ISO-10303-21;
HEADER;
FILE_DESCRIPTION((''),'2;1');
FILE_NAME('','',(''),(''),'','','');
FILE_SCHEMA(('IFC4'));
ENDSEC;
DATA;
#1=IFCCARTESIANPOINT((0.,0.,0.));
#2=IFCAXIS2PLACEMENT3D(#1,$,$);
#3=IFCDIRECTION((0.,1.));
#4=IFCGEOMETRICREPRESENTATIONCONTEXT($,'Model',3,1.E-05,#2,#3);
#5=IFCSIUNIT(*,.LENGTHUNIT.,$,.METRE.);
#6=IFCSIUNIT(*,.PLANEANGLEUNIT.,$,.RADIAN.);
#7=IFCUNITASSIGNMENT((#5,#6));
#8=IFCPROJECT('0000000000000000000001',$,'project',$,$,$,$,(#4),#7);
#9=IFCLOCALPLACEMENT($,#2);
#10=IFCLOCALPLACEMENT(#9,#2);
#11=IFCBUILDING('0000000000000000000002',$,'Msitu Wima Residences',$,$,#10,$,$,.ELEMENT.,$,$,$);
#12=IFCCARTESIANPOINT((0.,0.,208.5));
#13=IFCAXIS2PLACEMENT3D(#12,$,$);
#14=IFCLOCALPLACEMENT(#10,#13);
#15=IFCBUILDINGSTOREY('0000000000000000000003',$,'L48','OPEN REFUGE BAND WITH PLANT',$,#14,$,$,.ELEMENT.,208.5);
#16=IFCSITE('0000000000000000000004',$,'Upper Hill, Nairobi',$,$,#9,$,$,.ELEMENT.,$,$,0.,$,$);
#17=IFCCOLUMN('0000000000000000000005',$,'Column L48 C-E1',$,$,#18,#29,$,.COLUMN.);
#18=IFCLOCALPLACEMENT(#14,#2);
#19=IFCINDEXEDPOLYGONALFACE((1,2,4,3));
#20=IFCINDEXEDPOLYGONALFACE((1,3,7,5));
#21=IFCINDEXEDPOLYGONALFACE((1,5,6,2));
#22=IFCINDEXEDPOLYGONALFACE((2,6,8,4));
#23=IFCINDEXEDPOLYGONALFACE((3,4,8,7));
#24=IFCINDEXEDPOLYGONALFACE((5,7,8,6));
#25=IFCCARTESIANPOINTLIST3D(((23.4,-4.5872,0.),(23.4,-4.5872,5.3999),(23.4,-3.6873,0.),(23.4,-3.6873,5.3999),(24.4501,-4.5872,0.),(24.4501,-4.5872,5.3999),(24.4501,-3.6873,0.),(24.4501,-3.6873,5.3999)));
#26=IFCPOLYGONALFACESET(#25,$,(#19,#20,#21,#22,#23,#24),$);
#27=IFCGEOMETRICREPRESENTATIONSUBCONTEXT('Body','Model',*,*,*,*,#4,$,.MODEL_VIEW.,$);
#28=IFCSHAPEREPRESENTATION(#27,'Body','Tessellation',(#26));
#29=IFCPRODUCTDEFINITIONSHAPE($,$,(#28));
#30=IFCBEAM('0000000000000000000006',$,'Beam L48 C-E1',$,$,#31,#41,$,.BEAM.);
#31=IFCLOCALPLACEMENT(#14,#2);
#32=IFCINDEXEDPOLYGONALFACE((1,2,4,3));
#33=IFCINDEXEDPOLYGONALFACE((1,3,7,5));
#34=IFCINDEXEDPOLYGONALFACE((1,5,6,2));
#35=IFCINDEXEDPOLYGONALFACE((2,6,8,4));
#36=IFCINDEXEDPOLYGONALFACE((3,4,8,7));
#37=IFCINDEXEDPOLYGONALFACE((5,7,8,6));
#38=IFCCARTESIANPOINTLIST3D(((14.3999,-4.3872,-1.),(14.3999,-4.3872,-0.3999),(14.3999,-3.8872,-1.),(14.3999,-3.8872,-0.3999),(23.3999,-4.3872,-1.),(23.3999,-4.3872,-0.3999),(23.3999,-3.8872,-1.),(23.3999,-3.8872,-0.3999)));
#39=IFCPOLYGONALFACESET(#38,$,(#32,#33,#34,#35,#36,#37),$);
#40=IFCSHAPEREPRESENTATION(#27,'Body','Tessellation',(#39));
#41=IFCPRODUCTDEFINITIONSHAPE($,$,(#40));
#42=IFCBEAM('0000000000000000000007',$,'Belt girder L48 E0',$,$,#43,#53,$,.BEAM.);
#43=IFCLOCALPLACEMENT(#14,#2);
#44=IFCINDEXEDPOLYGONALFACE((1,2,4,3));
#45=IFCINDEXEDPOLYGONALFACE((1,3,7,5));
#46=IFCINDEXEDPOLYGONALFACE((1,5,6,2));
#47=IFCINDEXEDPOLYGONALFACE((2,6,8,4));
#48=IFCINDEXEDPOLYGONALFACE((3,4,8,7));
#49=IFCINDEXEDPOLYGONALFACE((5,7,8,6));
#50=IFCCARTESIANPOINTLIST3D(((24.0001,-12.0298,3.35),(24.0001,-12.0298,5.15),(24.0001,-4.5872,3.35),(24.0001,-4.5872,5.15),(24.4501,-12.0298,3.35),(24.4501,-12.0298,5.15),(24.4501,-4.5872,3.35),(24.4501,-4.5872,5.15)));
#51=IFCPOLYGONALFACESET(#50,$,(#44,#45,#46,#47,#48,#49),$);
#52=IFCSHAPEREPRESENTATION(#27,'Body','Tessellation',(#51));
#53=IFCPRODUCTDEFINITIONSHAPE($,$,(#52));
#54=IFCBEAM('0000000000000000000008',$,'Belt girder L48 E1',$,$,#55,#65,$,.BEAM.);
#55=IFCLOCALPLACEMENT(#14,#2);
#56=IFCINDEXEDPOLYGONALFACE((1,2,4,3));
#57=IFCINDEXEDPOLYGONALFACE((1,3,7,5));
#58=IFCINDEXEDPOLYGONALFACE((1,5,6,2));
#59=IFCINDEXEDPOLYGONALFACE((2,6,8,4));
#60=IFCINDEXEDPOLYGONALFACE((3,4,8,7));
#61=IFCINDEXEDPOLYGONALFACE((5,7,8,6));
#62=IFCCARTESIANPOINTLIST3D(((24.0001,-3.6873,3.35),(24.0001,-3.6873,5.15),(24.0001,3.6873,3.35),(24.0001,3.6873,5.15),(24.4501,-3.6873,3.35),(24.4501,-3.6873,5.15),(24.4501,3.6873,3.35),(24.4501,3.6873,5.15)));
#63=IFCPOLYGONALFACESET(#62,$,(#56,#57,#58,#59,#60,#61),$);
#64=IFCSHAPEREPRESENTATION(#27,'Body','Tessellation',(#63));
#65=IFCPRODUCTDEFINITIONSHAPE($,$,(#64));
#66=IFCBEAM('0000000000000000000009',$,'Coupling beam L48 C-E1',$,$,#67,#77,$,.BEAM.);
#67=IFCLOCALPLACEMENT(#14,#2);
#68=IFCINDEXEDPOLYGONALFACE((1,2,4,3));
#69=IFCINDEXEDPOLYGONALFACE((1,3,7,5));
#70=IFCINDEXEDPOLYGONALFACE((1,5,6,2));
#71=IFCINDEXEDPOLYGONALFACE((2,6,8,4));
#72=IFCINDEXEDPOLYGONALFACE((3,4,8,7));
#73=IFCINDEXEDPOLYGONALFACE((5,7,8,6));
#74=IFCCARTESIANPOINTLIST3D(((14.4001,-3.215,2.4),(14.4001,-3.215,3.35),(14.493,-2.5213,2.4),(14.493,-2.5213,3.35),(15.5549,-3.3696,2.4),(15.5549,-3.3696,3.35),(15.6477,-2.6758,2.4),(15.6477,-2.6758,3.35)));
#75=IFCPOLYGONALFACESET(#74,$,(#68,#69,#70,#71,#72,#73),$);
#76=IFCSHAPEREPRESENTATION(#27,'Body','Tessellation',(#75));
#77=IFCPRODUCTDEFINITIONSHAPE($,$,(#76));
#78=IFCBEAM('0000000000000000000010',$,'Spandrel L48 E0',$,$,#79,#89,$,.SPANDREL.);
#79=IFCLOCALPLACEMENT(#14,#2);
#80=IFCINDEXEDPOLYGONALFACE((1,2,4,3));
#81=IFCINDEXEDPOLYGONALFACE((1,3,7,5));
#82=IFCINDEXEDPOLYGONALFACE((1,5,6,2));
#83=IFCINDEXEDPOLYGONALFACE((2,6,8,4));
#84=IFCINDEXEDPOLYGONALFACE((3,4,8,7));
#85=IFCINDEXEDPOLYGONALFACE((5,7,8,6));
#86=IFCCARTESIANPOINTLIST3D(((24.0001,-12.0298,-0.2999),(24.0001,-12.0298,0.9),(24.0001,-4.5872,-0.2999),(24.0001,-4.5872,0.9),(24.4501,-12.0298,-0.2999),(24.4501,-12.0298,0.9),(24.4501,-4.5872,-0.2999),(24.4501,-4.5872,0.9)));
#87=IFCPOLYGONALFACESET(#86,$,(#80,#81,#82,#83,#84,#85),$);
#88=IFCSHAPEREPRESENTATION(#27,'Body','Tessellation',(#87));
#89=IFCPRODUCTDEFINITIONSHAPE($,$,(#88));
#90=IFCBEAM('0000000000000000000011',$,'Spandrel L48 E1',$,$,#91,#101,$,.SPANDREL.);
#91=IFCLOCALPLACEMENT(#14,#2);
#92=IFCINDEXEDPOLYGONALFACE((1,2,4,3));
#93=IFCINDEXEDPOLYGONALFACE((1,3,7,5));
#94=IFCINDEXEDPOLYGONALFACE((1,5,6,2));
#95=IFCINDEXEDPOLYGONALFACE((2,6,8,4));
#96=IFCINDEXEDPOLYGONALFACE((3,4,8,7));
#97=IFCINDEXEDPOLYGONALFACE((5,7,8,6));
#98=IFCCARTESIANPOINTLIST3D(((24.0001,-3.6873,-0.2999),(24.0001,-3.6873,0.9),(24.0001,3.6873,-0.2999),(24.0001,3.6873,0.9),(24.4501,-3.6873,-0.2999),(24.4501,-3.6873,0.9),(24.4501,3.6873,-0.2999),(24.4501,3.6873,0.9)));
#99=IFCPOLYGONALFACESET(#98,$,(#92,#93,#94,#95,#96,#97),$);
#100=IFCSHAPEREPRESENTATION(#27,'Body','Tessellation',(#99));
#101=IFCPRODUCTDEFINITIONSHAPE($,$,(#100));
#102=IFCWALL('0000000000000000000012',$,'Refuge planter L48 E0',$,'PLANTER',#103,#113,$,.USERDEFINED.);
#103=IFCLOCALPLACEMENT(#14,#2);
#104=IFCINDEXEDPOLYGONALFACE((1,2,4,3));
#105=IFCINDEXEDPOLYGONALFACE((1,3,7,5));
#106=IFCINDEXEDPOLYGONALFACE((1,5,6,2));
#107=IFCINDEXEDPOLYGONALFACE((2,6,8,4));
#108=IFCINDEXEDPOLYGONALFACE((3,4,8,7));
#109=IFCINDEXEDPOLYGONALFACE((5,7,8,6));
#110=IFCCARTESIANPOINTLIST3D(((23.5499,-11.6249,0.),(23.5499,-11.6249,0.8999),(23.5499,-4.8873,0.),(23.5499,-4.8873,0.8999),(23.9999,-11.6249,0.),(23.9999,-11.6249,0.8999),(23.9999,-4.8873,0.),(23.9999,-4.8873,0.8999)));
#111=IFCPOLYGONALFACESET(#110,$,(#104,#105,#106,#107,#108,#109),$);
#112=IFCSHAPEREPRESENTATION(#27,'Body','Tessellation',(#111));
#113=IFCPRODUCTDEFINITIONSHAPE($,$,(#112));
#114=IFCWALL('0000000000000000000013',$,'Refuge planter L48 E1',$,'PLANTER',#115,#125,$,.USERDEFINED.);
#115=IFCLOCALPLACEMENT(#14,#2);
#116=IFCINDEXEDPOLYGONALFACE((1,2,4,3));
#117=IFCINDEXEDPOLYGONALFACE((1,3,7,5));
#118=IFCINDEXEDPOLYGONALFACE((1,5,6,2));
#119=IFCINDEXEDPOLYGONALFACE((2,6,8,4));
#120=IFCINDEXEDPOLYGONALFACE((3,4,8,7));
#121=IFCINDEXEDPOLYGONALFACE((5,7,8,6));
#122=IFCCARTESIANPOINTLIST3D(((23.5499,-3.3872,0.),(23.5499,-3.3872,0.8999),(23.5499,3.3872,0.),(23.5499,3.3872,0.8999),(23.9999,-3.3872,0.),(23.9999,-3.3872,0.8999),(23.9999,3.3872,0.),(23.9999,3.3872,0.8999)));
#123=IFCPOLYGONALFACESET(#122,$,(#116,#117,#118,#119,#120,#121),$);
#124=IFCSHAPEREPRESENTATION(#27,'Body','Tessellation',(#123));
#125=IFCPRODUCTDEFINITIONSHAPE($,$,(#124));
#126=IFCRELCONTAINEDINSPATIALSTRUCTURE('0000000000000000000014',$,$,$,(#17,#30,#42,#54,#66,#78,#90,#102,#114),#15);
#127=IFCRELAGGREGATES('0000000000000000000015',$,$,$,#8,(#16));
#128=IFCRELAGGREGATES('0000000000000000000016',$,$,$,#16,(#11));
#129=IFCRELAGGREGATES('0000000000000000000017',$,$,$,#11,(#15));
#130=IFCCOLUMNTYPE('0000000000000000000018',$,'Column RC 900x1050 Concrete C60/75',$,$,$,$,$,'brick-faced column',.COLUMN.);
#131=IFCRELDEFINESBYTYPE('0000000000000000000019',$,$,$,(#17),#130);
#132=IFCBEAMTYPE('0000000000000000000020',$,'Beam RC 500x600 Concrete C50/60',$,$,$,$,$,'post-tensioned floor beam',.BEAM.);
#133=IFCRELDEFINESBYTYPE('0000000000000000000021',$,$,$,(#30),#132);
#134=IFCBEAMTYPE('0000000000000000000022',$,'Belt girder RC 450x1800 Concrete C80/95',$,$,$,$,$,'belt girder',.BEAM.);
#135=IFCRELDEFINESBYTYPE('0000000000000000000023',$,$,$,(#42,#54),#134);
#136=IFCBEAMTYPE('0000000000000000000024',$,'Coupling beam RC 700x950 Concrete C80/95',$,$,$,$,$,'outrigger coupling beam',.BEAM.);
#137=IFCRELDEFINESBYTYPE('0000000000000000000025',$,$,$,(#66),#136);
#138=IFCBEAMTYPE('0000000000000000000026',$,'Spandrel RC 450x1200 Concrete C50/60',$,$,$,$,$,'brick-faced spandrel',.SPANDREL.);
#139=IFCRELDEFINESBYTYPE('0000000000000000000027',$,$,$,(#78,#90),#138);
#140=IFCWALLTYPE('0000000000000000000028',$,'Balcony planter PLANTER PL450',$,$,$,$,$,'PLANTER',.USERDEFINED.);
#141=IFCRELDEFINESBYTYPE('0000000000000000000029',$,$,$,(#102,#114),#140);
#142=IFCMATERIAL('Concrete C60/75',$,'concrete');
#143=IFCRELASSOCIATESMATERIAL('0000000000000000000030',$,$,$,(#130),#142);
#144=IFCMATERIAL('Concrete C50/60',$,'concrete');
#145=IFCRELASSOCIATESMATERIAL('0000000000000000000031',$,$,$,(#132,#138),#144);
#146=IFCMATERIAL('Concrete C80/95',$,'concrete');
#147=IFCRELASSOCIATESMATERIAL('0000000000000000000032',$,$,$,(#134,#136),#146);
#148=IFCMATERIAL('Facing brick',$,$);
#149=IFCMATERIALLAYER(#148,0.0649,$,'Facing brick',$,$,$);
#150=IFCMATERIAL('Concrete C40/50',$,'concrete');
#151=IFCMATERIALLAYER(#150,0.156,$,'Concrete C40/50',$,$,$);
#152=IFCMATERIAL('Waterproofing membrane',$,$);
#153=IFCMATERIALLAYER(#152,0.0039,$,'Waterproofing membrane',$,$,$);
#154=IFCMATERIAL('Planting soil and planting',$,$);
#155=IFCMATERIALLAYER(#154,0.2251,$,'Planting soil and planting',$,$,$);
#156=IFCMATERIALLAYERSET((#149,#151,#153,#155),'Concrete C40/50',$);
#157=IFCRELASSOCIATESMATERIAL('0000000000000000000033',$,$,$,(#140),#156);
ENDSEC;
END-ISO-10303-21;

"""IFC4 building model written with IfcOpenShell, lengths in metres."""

from ifc_helpers import new_model, si_unit, direction, frame, frame_2d, origin, origin_2d, place, context, subcontext, project, spatial, rectangle, extrude, material, layer, layer_set, material_profile, profile_set, type_object, element, save


model = new_model("IFC4")

# Units and contexts
model_context = context("Model", 3, precision=1e-05, world=origin(), true_north=direction((0.0, 1.0)))
body_context = subcontext(model_context, "Body", "Model", "MODEL_VIEW")
ifc_project = project(units=[si_unit("LENGTHUNIT", "METRE"), si_unit("PLANEANGLEUNIT", "RADIAN")], contexts=[model_context])

# Site, building, storey
site_placement = place(None, origin())
site = spatial("IfcSite", under=ifc_project, at=site_placement, Name="Upper Hill, Nairobi", CompositionType="ELEMENT", RefElevation=0.0)
building_placement = place(site_placement, origin())
building = spatial("IfcBuilding", under=site, at=building_placement, Name="Msitu Wima Residences", CompositionType="ELEMENT")
storey_placement = place(building_placement, frame((0.0, 0.0, 208.5)))
storey = spatial("IfcBuildingStorey", under=building, at=storey_placement, Name="L48", Description="OPEN REFUGE BAND WITH PLANT", CompositionType="ELEMENT", Elevation=208.5)

# Column
ifc_material_1 = material(Name="Concrete C60/75", Category="concrete")
ifc_material_profile_1 = material_profile(ifc_material_1, rectangle(XDim=0.8999, YDim=1.05, at=origin_2d()), Name="RC 900x1050")
ifc_profile_set_1 = profile_set([ifc_material_profile_1], Name="Concrete C60/75")
column_type = type_object("IfcColumnType", Name="Column RC 900x1050 Concrete C60/75", ElementType="brick-faced column", PredefinedType="COLUMN", material=ifc_profile_set_1)
column_placement = place(storey_placement, frame((23.925, -4.1372, 0.0), z_axis=(0.0, 0.0, 1.0), x_axis=(0.0, 1.0, 0.0)))
element("IfcColumn", 1, at=column_placement, inside=storey, type_object=column_type, Name="Column L48 C-E1", PredefinedType="COLUMN", context=body_context, shape_type="SweptSolid", body=[
    extrude(rectangle(XDim=0.8999, YDim=1.05, at=origin_2d()), origin(), (0.0, 0.0, 1.0), 5.3999),
])

# Beams
ifc_material_2 = material(Name="Concrete C50/60", Category="concrete")
ifc_material_profile_2 = material_profile(ifc_material_2, rectangle(XDim=0.5, YDim=0.6001, at=origin_2d()), Name="RC 500x600")
ifc_profile_set_2 = profile_set([ifc_material_profile_2], Name="Concrete C50/60")
beam_type_1 = type_object("IfcBeamType", Name="Beam RC 500x600 Concrete C50/60", ElementType="post-tensioned floor beam", PredefinedType="BEAM", material=ifc_profile_set_2)
beam_1_placement = place(storey_placement, frame((23.3999, -4.1372, -0.7), z_axis=(-1.0, 0.0, 0.0), x_axis=(0.0, -1.0, 0.0)))
element("IfcBeam", 2, at=beam_1_placement, inside=storey, type_object=beam_type_1, Name="Beam L48 C-E1", PredefinedType="BEAM", context=body_context, shape_type="SweptSolid", body=[
    extrude(rectangle(XDim=0.5, YDim=0.6001, at=origin_2d()), origin(), (0.0, 0.0, 1.0), 9.0),
])
ifc_material_3 = material(Name="Concrete C80/95", Category="concrete")
ifc_material_profile_3 = material_profile(ifc_material_3, rectangle(XDim=0.45, YDim=1.8, at=origin_2d()), Name="RC 450x1800")
ifc_profile_set_3 = profile_set([ifc_material_profile_3], Name="Concrete C80/95")
beam_type_2 = type_object("IfcBeamType", Name="Belt girder RC 450x1800 Concrete C80/95", ElementType="belt girder", PredefinedType="BEAM", material=ifc_profile_set_3)
beam_2_placement = place(storey_placement, frame((24.2251, -12.0298, 4.25), z_axis=(0.0, 1.0, 0.0), x_axis=(-1.0, 0.0, 0.0)))
element("IfcBeam", 3, at=beam_2_placement, inside=storey, type_object=beam_type_2, Name="Belt girder L48 E0", PredefinedType="BEAM", context=body_context, shape_type="SweptSolid", body=[
    extrude(rectangle(XDim=0.45, YDim=1.8, at=origin_2d()), origin(), (0.0, 0.0, 1.0), 7.4426),
])
beam_3_placement = place(storey_placement, frame((24.2251, -3.6873, 4.25), z_axis=(0.0, 1.0, 0.0), x_axis=(-1.0, 0.0, 0.0)))
element("IfcBeam", 4, at=beam_3_placement, inside=storey, type_object=beam_type_2, Name="Belt girder L48 E1", PredefinedType="BEAM", context=body_context, shape_type="SweptSolid", body=[
    extrude(rectangle(XDim=0.45, YDim=1.8, at=origin_2d()), origin(), (0.0, 0.0, 1.0), 7.3745),
])
ifc_material_profile_4 = material_profile(ifc_material_3, rectangle(XDim=0.7, YDim=0.95, at=origin_2d()), Name="RC 700x950")
ifc_profile_set_4 = profile_set([ifc_material_profile_4], Name="Concrete C80/95")
beam_type_3 = type_object("IfcBeamType", Name="Coupling beam RC 700x950 Concrete C80/95", ElementType="outrigger coupling beam", PredefinedType="BEAM", material=ifc_profile_set_4)
beam_4_placement = place(storey_placement, frame((14.4465, -2.8682, 2.875), z_axis=(0.991164, -0.132644, 0.0), x_axis=(0.132644, 0.991164, 0.0)))
element("IfcBeam", 5, at=beam_4_placement, inside=storey, type_object=beam_type_3, Name="Coupling beam L48 C-E1", PredefinedType="BEAM", context=body_context, shape_type="SweptSolid", body=[
    extrude(rectangle(XDim=0.7, YDim=0.95, at=origin_2d()), origin(), (0.0, 0.0, 1.0), 1.165),
])
ifc_material_profile_5 = material_profile(ifc_material_2, rectangle(XDim=0.45, YDim=1.2, at=origin_2d()), Name="RC 450x1200")
ifc_profile_set_5 = profile_set([ifc_material_profile_5], Name="Concrete C50/60")
beam_type_4 = type_object("IfcBeamType", Name="Spandrel RC 450x1200 Concrete C50/60", ElementType="brick-faced spandrel", PredefinedType="SPANDREL", material=ifc_profile_set_5)
beam_5_placement = place(storey_placement, frame((24.2251, -12.0298, 0.3), z_axis=(0.0, 1.0, 0.0), x_axis=(-1.0, 0.0, 0.0)))
element("IfcBeam", 6, at=beam_5_placement, inside=storey, type_object=beam_type_4, Name="Spandrel L48 E0", PredefinedType="SPANDREL", context=body_context, shape_type="SweptSolid", body=[
    extrude(rectangle(XDim=0.45, YDim=1.2, at=origin_2d()), origin(), (0.0, 0.0, 1.0), 7.4426),
])
beam_6_placement = place(storey_placement, frame((24.2251, -3.6873, 0.3), z_axis=(0.0, 1.0, 0.0), x_axis=(-1.0, 0.0, 0.0)))
element("IfcBeam", 7, at=beam_6_placement, inside=storey, type_object=beam_type_4, Name="Spandrel L48 E1", PredefinedType="SPANDREL", context=body_context, shape_type="SweptSolid", body=[
    extrude(rectangle(XDim=0.45, YDim=1.2, at=origin_2d()), origin(), (0.0, 0.0, 1.0), 7.3745),
])

# Walls
ifc_material_4 = material(Name="Facing brick")
ifc_layer_1 = layer(ifc_material_4, 0.0649, Name="Facing brick")
ifc_material_5 = material(Name="Concrete C40/50", Category="concrete")
ifc_layer_2 = layer(ifc_material_5, 0.156, Name="Concrete C40/50")
ifc_material_6 = material(Name="Waterproofing membrane")
ifc_layer_3 = layer(ifc_material_6, 0.0039, Name="Waterproofing membrane")
ifc_material_7 = material(Name="Planting soil and planting")
ifc_layer_4 = layer(ifc_material_7, 0.2251, Name="Planting soil and planting")
ifc_layer_set_1 = layer_set([ifc_layer_1, ifc_layer_2, ifc_layer_3, ifc_layer_4], Name="Concrete C40/50")
wall_type_1 = type_object("IfcWallType", Name="Balcony planter PLANTER PL450", ElementType="PLANTER", PredefinedType="USERDEFINED", material=ifc_layer_set_1)
wall_1_placement = place(storey_placement, frame((23.7749, -11.6248, 0.0), z_axis=(0.0, 0.0, 1.0), x_axis=(0.0, 1.0, 0.0)))
element("IfcWall", 8, at=wall_1_placement, inside=storey, type_object=wall_type_1, Name="Refuge planter L48 E0", ObjectType="PLANTER", PredefinedType="USERDEFINED", context=body_context, shape_type="SweptSolid", body=[
    extrude(rectangle(XDim=6.7375, YDim=0.45, at=frame_2d((3.3687, 0.0))), origin(), (0.0, 0.0, 1.0), 0.8999),
])
wall_2_placement = place(storey_placement, frame((23.7749, -3.3872, 0.0), z_axis=(0.0, 0.0, 1.0), x_axis=(0.0, 1.0, 0.0)))
element("IfcWall", 9, at=wall_2_placement, inside=storey, type_object=wall_type_1, Name="Refuge planter L48 E1", ObjectType="PLANTER", PredefinedType="USERDEFINED", context=body_context, shape_type="SweptSolid", body=[
    extrude(rectangle(XDim=6.7744, YDim=0.45, at=frame_2d((3.3872, 0.0))), origin(), (0.0, 0.0, 1.0), 0.8999),
])

save(model, "model.ifc")
